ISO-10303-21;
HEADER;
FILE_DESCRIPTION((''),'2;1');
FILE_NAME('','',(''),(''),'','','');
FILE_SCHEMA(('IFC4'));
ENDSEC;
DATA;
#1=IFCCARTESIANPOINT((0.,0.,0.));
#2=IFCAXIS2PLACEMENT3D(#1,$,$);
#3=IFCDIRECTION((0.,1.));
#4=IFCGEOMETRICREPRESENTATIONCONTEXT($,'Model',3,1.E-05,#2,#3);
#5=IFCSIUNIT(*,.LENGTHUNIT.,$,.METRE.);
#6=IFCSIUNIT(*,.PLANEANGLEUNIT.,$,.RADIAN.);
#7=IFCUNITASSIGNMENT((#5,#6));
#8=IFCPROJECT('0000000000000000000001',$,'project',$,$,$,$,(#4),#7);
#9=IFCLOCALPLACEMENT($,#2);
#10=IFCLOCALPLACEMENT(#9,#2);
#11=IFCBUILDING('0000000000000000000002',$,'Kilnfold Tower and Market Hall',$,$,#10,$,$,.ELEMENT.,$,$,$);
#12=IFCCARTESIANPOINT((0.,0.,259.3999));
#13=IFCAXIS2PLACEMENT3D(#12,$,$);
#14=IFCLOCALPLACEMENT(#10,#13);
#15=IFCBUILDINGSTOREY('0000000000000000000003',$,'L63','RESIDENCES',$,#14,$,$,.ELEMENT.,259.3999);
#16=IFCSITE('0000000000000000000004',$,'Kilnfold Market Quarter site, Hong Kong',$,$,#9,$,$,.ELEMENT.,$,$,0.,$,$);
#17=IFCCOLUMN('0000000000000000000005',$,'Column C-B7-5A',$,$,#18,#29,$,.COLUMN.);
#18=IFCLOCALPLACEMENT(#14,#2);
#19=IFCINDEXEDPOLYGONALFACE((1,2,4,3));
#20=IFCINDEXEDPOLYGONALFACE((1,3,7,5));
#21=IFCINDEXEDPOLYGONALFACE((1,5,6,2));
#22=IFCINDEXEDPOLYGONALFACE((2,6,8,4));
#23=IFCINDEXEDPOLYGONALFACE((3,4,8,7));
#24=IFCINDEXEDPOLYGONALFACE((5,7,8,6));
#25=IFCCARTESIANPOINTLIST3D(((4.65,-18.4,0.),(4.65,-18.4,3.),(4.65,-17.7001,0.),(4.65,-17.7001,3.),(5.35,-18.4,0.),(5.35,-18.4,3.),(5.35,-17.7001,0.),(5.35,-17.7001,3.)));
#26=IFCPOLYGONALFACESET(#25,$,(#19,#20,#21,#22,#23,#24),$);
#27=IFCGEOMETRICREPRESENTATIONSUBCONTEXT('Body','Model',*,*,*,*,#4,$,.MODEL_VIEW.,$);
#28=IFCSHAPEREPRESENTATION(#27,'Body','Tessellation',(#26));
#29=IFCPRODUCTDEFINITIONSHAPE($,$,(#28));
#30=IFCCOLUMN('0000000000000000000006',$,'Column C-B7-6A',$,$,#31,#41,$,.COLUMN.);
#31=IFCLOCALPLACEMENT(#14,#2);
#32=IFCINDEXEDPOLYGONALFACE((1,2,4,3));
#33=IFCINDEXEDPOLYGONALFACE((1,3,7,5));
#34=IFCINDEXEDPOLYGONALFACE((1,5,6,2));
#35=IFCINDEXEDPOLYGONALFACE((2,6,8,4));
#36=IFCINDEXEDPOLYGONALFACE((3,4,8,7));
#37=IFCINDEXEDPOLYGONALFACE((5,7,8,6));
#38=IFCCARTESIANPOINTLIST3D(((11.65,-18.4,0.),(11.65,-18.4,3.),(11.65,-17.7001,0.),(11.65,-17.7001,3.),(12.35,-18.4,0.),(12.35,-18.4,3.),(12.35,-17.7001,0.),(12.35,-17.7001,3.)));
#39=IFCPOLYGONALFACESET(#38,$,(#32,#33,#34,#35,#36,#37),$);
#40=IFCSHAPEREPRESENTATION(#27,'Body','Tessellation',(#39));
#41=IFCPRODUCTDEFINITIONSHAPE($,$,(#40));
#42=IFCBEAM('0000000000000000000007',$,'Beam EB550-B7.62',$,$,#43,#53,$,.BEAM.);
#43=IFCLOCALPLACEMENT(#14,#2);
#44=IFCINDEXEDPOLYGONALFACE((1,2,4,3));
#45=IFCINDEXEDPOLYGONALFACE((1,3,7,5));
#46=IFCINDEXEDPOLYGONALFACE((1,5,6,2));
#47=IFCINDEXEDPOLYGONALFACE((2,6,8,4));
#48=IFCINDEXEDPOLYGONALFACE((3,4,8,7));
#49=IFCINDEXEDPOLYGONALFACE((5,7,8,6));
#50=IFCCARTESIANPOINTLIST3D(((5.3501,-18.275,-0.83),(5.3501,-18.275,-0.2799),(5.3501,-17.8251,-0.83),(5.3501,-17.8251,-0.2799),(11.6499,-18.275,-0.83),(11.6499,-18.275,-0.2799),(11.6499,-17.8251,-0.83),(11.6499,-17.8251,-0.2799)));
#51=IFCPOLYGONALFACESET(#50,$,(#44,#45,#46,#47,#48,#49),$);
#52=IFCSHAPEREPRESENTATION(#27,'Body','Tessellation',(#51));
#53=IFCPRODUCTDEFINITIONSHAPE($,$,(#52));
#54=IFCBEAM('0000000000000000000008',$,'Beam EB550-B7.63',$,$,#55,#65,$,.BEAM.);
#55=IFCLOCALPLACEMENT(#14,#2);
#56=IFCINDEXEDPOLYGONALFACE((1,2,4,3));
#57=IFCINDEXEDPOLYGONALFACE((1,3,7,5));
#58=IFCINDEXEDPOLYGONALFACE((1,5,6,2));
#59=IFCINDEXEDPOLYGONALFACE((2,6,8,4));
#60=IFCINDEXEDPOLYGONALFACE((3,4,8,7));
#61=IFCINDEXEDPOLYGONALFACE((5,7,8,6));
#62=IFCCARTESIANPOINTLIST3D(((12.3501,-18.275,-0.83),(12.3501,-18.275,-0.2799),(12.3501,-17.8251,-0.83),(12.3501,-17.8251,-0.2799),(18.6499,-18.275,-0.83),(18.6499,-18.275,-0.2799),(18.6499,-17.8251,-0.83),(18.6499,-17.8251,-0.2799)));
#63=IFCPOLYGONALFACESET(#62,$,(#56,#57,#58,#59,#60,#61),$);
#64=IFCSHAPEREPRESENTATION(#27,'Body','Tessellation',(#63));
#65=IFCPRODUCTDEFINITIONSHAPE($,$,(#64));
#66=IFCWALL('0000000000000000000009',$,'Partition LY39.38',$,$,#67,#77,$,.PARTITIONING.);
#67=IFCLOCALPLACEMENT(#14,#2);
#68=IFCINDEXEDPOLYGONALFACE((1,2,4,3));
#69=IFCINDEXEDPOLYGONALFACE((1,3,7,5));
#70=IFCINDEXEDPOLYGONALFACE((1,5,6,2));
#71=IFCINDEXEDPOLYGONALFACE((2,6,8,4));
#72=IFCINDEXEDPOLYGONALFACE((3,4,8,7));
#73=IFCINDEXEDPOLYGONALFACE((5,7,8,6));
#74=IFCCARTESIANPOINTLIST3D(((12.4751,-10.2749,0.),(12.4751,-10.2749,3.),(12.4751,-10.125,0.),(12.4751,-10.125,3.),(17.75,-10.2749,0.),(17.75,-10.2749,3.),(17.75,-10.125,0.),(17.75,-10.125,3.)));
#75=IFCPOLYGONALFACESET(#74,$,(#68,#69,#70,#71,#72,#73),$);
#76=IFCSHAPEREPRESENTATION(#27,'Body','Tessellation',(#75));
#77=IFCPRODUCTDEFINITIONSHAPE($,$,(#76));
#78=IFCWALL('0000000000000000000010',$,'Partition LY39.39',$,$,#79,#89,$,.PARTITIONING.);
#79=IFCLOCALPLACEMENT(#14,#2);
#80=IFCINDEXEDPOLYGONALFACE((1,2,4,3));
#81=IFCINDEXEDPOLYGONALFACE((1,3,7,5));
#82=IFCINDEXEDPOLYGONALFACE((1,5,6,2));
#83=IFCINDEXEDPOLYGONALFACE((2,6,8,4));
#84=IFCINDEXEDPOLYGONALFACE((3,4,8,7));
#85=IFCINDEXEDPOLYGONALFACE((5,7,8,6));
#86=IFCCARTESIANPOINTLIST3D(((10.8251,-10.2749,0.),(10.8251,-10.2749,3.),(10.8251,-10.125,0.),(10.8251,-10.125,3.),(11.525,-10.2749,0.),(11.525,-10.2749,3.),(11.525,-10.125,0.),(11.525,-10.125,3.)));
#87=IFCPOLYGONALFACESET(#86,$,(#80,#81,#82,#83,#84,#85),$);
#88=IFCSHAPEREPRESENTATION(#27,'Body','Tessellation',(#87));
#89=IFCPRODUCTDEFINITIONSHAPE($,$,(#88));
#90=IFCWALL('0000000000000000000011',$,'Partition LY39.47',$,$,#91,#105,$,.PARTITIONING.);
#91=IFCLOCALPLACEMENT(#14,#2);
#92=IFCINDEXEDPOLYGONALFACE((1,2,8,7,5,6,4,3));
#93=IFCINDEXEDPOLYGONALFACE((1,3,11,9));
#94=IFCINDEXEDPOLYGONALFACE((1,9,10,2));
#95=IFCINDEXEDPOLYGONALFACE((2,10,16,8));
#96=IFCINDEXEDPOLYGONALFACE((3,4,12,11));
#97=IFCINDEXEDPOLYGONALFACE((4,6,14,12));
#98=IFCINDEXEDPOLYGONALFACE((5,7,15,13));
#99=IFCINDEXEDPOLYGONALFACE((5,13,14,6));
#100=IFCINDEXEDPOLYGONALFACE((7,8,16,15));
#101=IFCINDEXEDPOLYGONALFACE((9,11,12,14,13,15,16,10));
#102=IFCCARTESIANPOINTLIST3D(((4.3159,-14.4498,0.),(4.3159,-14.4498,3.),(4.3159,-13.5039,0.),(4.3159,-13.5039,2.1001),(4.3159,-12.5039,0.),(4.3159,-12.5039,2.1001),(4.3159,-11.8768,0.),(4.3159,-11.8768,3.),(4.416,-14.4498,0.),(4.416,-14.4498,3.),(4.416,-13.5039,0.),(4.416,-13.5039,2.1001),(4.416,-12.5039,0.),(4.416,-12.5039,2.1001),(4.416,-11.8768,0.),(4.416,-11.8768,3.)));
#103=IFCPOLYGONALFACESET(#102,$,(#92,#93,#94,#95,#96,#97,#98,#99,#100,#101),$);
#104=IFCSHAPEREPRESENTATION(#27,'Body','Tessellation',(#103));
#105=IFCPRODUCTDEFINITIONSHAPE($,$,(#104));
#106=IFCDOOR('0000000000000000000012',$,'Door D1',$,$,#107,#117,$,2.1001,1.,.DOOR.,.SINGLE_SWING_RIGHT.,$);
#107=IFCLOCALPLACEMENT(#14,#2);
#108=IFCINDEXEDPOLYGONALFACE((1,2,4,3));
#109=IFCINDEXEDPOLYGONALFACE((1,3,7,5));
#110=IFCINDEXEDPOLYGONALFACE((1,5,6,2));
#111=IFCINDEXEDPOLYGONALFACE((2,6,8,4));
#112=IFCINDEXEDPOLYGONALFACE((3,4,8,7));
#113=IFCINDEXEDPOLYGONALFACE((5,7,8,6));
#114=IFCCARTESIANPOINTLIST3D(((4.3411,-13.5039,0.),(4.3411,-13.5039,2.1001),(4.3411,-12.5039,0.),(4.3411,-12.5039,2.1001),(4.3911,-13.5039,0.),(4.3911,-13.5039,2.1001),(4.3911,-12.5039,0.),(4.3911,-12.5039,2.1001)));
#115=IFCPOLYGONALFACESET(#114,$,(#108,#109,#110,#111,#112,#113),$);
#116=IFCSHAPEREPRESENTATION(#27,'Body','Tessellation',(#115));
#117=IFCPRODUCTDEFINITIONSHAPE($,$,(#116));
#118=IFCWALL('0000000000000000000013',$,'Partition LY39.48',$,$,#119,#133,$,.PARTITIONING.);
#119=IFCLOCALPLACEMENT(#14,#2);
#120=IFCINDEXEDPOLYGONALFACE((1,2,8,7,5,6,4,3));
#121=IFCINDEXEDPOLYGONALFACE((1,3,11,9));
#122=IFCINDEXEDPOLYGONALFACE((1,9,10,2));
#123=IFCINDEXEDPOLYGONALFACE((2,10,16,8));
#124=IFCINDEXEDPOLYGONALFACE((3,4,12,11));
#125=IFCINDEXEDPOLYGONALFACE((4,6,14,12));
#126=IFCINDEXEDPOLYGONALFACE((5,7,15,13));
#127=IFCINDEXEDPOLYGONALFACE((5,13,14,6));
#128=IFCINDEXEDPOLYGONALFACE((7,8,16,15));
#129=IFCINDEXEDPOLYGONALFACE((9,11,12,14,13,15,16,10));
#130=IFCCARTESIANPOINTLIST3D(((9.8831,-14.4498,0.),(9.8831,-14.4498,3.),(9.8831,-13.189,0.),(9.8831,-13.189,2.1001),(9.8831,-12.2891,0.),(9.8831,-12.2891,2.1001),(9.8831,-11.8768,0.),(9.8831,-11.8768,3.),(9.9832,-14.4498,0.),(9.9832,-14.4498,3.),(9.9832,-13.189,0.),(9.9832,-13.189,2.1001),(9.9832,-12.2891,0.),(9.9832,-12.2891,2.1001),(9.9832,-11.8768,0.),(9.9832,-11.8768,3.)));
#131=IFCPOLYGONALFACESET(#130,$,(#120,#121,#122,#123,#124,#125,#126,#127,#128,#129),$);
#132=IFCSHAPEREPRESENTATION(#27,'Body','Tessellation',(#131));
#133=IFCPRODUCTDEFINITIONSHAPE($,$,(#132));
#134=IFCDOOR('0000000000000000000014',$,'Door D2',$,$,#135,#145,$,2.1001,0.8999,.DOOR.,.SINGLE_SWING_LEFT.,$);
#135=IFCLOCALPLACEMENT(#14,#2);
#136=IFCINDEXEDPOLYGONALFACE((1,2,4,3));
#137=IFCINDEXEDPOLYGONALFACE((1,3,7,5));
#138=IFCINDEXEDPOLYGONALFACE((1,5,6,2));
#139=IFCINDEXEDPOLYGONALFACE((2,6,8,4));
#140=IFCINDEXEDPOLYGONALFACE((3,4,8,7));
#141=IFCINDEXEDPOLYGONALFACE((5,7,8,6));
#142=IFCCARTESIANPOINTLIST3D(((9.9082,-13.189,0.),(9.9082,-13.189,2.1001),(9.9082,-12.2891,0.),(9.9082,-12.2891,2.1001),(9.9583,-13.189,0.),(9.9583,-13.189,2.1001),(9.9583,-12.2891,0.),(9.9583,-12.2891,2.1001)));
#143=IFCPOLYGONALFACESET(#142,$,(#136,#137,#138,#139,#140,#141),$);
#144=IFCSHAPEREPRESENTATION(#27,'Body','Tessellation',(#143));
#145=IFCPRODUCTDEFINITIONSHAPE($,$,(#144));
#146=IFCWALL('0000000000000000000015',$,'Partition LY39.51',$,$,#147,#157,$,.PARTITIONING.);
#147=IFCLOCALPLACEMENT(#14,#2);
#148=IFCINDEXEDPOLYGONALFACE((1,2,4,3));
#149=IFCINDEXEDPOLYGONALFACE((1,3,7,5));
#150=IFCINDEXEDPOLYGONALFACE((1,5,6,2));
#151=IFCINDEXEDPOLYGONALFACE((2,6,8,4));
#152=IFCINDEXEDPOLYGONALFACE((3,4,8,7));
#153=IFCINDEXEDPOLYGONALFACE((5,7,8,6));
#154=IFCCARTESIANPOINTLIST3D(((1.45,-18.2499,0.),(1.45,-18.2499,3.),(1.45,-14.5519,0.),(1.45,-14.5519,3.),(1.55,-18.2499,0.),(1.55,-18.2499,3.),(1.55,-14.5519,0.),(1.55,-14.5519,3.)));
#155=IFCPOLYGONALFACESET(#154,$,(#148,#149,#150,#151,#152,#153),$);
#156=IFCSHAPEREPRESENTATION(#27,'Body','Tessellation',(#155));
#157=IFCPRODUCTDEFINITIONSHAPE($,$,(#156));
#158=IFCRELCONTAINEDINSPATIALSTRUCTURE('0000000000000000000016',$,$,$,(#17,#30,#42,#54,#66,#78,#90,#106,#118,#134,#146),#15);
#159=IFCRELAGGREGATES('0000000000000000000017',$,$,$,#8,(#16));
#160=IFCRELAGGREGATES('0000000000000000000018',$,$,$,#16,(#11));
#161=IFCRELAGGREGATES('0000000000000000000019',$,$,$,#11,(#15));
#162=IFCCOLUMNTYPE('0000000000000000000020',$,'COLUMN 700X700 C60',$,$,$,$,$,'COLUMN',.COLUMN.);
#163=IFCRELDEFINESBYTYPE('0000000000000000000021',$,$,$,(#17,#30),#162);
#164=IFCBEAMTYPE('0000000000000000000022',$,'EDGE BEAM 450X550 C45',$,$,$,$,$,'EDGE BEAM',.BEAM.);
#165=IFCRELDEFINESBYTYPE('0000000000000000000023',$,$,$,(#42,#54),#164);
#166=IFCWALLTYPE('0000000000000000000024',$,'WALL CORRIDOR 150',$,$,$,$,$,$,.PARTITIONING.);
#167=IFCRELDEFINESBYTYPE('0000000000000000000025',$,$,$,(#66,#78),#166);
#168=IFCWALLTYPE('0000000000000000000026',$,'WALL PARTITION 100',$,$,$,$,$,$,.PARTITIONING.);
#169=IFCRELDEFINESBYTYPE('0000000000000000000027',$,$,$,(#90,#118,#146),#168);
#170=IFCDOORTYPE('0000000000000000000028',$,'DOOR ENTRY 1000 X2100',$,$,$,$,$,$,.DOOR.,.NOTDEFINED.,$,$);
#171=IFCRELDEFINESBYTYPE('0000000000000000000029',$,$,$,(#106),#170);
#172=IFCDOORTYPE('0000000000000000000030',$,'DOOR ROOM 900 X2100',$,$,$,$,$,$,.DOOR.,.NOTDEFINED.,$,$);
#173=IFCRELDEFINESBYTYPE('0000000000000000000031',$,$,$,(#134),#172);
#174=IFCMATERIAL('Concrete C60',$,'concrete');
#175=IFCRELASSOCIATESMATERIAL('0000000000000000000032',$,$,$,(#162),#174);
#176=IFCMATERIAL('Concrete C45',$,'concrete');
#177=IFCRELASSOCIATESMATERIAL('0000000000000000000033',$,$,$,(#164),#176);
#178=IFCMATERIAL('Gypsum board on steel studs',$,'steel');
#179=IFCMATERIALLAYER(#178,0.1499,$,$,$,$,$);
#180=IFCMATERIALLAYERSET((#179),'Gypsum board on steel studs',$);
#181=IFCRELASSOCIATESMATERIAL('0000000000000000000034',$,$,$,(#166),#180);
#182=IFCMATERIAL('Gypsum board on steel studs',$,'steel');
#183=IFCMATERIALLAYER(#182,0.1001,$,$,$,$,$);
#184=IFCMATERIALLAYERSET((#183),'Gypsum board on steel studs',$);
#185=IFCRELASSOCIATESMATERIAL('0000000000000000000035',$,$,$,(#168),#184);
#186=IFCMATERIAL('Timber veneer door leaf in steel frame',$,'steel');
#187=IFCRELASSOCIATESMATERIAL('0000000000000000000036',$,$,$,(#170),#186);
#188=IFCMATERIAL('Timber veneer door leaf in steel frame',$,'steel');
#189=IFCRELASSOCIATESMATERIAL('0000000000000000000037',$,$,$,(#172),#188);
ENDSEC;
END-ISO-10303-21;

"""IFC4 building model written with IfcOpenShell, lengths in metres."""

from ifc_helpers import new_model, si_unit, direction, frame, frame_2d, origin, origin_2d, place, context, subcontext, project, spatial, rectangle, extrude, source, transform, mapped, material, layer, layer_set, material_profile, profile_set, type_object, element, fill, save


model = new_model("IFC4")

# Units and contexts
model_context = context("Model", 3, precision=1e-05, world=origin(), true_north=direction((0.0, 1.0)))
body_context = subcontext(model_context, "Body", "Model", "MODEL_VIEW")
ifc_project = project(units=[si_unit("LENGTHUNIT", "METRE"), si_unit("PLANEANGLEUNIT", "RADIAN")], contexts=[model_context])

# Site, building, storey
site_placement = place(None, origin())
site = spatial("IfcSite", under=ifc_project, at=site_placement, Name="Kilnfold Market Quarter site, Hong Kong", CompositionType="ELEMENT", RefElevation=0.0)
building_placement = place(site_placement, origin())
building = spatial("IfcBuilding", under=site, at=building_placement, Name="Kilnfold Tower and Market Hall", CompositionType="ELEMENT")
storey_placement = place(building_placement, frame((0.0, 0.0, 259.3999)))
storey = spatial("IfcBuildingStorey", under=building, at=storey_placement, Name="L63", Description="RESIDENCES", CompositionType="ELEMENT", Elevation=259.3999)

# Columns
ifc_material_1 = material(Name="Concrete C60", Category="concrete")
ifc_material_profile_1 = material_profile(ifc_material_1, rectangle(XDim=0.7, YDim=0.7, at=origin_2d()), Name="RC 700x700")
ifc_profile_set_1 = profile_set([ifc_material_profile_1], Name="Concrete C60")
column_type = type_object("IfcColumnType", Name="COLUMN 700X700 C60", ElementType="COLUMN", PredefinedType="COLUMN", material=ifc_profile_set_1)
shared_shape_1 = source(origin(), body_context, "Body", "SweptSolid", [
    extrude(rectangle(XDim=0.7, YDim=0.7, at=origin_2d()), origin(), (0.0, 0.0, 1.0), 3.0),
])
for number, where, z_axis, x_axis, name in (
    (1, (5.0, -18.05, 0.0), (0.0, 0.0, 1.0), (1.0, 0.0, 0.0), "Column C-B7-5A"),
    (2, (12.0, -18.05, 0.0), (0.0, 0.0, 1.0), (1.0, 0.0, 0.0), "Column C-B7-6A"),
):
    element("IfcColumn", number, at=place(storey_placement, frame(where, z_axis=z_axis, x_axis=x_axis)), inside=storey, type_object=column_type, Name=name, PredefinedType="COLUMN", context=body_context, shape_type="MappedRepresentation", body=[
        mapped(shared_shape_1, transform((0.0, 0.0, 0.0))),
    ])

# Beams
ifc_material_2 = material(Name="Concrete C45", Category="concrete")
ifc_material_profile_2 = material_profile(ifc_material_2, rectangle(XDim=0.45, YDim=0.55, at=origin_2d()), Name="RC 450x550")
ifc_profile_set_2 = profile_set([ifc_material_profile_2], Name="Concrete C45")
beam_type = type_object("IfcBeamType", Name="EDGE BEAM 450X550 C45", ElementType="EDGE BEAM", PredefinedType="BEAM", material=ifc_profile_set_2)
shared_shape_2 = source(origin(), body_context, "Body", "SweptSolid", [
    extrude(rectangle(XDim=0.45, YDim=0.55, at=origin_2d()), origin(), (0.0, 0.0, 1.0), 6.2998),
])
for number, where, z_axis, x_axis, name in (
    (3, (5.3501, -18.05, -0.5549), (1.0, 0.0, 0.0), (0.0, 1.0, 0.0), "Beam EB550-B7.62"),
    (4, (12.3501, -18.05, -0.5549), (1.0, 0.0, 0.0), (0.0, 1.0, 0.0), "Beam EB550-B7.63"),
):
    element("IfcBeam", number, at=place(storey_placement, frame(where, z_axis=z_axis, x_axis=x_axis)), inside=storey, type_object=beam_type, Name=name, PredefinedType="BEAM", context=body_context, shape_type="MappedRepresentation", body=[
        mapped(shared_shape_2, transform((0.0, 0.0, 0.0))),
    ])

# Walls
ifc_material_3 = material(Name="Gypsum board on steel studs", Category="steel")
ifc_layer_1 = layer(ifc_material_3, 0.1499)
ifc_layer_set_1 = layer_set([ifc_layer_1], Name="Gypsum board on steel studs")
wall_type_1 = type_object("IfcWallType", Name="WALL CORRIDOR 150", PredefinedType="PARTITIONING", material=ifc_layer_set_1)
wall_1_placement = place(storey_placement, frame((12.4751, -10.2, 0.0), z_axis=(0.0, 0.0, 1.0), x_axis=(1.0, 0.0, 0.0)))
element("IfcWall", 5, at=wall_1_placement, inside=storey, type_object=wall_type_1, Name="Partition LY39.38", PredefinedType="PARTITIONING", context=body_context, shape_type="SweptSolid", body=[
    extrude(rectangle(XDim=5.2749, YDim=0.1499, at=frame_2d((2.6375, 0.0))), origin(), (0.0, 0.0, 1.0), 3.0),
])
wall_2_placement = place(storey_placement, frame((10.825, -10.2, 0.0), z_axis=(0.0, 0.0, 1.0), x_axis=(1.0, 0.0, 0.0)))
element("IfcWall", 6, at=wall_2_placement, inside=storey, type_object=wall_type_1, Name="Partition LY39.39", PredefinedType="PARTITIONING", context=body_context, shape_type="SweptSolid", body=[
    extrude(rectangle(XDim=0.7, YDim=0.1499, at=frame_2d((0.3501, 0.0))), origin(), (0.0, 0.0, 1.0), 3.0),
])

# Walls, openings, doors
ifc_material_4 = material(Name="Gypsum board on steel studs", Category="steel")
ifc_layer_2 = layer(ifc_material_4, 0.1001)
ifc_layer_set_2 = layer_set([ifc_layer_2], Name="Gypsum board on steel studs")
wall_type_2 = type_object("IfcWallType", Name="WALL PARTITION 100", PredefinedType="PARTITIONING", material=ifc_layer_set_2)
wall_3_placement = place(storey_placement, frame((4.366, -14.45, 0.0), z_axis=(0.0, 0.0, 1.0), x_axis=(0.0, 1.0, 0.0)))
wall_3 = element("IfcWall", 7, at=wall_3_placement, inside=storey, type_object=wall_type_2, Name="Partition LY39.47", PredefinedType="PARTITIONING", context=body_context, shape_type="SweptSolid", body=[
    extrude(rectangle(XDim=2.573, YDim=0.1001, at=frame_2d((1.2866, 0.0))), origin(), (0.0, 0.0, 1.0), 3.0),
])
opening_1_placement = place(wall_3_placement, frame((0.946, 0.0, 0.0)))
opening_1 = element("IfcOpeningElement", 8, at=opening_1_placement, cuts=wall_3, PredefinedType="OPENING", context=body_context, shape_type="SweptSolid", body=[
    extrude(rectangle(XDim=1.0, YDim=2.1001, at=frame_2d((0.5, 1.05))), frame((0.0, 0.0601, 0.0), z_axis=(0.0, -1.0, 0.0), x_axis=(1.0, 0.0, 0.0)), (0.0, 0.0, 1.0), 0.1201),
])
ifc_material_5 = material(Name="Timber veneer door leaf in steel frame", Category="steel")
door_type_1 = type_object("IfcDoorType", Name="DOOR ENTRY 1000 X2100", OperationType="NOTDEFINED", PredefinedType="DOOR", material=ifc_material_5)
door_1_placement = place(opening_1_placement, origin())
door_1 = element("IfcDoor", 9, at=door_1_placement, inside=storey, type_object=door_type_1, Name="Door D1", OperationType="SINGLE_SWING_RIGHT", OverallHeight=2.1001, OverallWidth=1.0, PredefinedType="DOOR", context=body_context, shape_type="SweptSolid", body=[
    extrude(rectangle(XDim=1.0, YDim=2.1001, at=frame_2d((0.5, 1.05))), frame((0.0, 0.0249, 0.0), z_axis=(0.0, -1.0, 0.0), x_axis=(1.0, 0.0, 0.0)), (0.0, 0.0, 1.0), 0.05),
])
fill(opening_1, door_1)
wall_4_placement = place(storey_placement, frame((9.9331, -14.45, 0.0), z_axis=(0.0, 0.0, 1.0), x_axis=(0.0, 1.0, 0.0)))
wall_4 = element("IfcWall", 10, at=wall_4_placement, inside=storey, type_object=wall_type_2, Name="Partition LY39.48", PredefinedType="PARTITIONING", context=body_context, shape_type="SweptSolid", body=[
    extrude(rectangle(XDim=2.573, YDim=0.1001, at=frame_2d((1.2866, 0.0))), origin(), (0.0, 0.0, 1.0), 3.0),
])
opening_2_placement = place(wall_4_placement, frame((1.261, 0.0, 0.0)))
opening_2 = element("IfcOpeningElement", 11, at=opening_2_placement, cuts=wall_4, PredefinedType="OPENING", context=body_context, shape_type="SweptSolid", body=[
    extrude(rectangle(XDim=0.8999, YDim=2.1001, at=frame_2d((0.45, 1.05))), frame((0.0, 0.0601, 0.0), z_axis=(0.0, -1.0, 0.0), x_axis=(1.0, 0.0, 0.0)), (0.0, 0.0, 1.0), 0.1201),
])
ifc_material_6 = material(Name="Timber veneer door leaf in steel frame", Category="steel")
door_type_2 = type_object("IfcDoorType", Name="DOOR ROOM 900 X2100", OperationType="NOTDEFINED", PredefinedType="DOOR", material=ifc_material_6)
door_2_placement = place(opening_2_placement, origin())
door_2 = element("IfcDoor", 12, at=door_2_placement, inside=storey, type_object=door_type_2, Name="Door D2", OperationType="SINGLE_SWING_LEFT", OverallHeight=2.1001, OverallWidth=0.8999, PredefinedType="DOOR", context=body_context, shape_type="SweptSolid", body=[
    extrude(rectangle(XDim=0.8999, YDim=2.1001, at=frame_2d((0.45, 1.05))), frame((0.0, 0.0249, 0.0), z_axis=(0.0, -1.0, 0.0), x_axis=(1.0, 0.0, 0.0)), (0.0, 0.0, 1.0), 0.05),
])
fill(opening_2, door_2)

# Wall
wall_5_placement = place(storey_placement, frame((1.5, -18.25, 0.0), z_axis=(0.0, 0.0, 1.0), x_axis=(0.0, 1.0, 0.0)))
element("IfcWall", 13, at=wall_5_placement, inside=storey, type_object=wall_type_2, Name="Partition LY39.51", PredefinedType="PARTITIONING", context=body_context, shape_type="SweptSolid", body=[
    extrude(rectangle(XDim=3.698, YDim=0.1001, at=frame_2d((1.8491, 0.0))), origin(), (0.0, 0.0, 1.0), 3.0),
])

save(model, "model.ifc")
